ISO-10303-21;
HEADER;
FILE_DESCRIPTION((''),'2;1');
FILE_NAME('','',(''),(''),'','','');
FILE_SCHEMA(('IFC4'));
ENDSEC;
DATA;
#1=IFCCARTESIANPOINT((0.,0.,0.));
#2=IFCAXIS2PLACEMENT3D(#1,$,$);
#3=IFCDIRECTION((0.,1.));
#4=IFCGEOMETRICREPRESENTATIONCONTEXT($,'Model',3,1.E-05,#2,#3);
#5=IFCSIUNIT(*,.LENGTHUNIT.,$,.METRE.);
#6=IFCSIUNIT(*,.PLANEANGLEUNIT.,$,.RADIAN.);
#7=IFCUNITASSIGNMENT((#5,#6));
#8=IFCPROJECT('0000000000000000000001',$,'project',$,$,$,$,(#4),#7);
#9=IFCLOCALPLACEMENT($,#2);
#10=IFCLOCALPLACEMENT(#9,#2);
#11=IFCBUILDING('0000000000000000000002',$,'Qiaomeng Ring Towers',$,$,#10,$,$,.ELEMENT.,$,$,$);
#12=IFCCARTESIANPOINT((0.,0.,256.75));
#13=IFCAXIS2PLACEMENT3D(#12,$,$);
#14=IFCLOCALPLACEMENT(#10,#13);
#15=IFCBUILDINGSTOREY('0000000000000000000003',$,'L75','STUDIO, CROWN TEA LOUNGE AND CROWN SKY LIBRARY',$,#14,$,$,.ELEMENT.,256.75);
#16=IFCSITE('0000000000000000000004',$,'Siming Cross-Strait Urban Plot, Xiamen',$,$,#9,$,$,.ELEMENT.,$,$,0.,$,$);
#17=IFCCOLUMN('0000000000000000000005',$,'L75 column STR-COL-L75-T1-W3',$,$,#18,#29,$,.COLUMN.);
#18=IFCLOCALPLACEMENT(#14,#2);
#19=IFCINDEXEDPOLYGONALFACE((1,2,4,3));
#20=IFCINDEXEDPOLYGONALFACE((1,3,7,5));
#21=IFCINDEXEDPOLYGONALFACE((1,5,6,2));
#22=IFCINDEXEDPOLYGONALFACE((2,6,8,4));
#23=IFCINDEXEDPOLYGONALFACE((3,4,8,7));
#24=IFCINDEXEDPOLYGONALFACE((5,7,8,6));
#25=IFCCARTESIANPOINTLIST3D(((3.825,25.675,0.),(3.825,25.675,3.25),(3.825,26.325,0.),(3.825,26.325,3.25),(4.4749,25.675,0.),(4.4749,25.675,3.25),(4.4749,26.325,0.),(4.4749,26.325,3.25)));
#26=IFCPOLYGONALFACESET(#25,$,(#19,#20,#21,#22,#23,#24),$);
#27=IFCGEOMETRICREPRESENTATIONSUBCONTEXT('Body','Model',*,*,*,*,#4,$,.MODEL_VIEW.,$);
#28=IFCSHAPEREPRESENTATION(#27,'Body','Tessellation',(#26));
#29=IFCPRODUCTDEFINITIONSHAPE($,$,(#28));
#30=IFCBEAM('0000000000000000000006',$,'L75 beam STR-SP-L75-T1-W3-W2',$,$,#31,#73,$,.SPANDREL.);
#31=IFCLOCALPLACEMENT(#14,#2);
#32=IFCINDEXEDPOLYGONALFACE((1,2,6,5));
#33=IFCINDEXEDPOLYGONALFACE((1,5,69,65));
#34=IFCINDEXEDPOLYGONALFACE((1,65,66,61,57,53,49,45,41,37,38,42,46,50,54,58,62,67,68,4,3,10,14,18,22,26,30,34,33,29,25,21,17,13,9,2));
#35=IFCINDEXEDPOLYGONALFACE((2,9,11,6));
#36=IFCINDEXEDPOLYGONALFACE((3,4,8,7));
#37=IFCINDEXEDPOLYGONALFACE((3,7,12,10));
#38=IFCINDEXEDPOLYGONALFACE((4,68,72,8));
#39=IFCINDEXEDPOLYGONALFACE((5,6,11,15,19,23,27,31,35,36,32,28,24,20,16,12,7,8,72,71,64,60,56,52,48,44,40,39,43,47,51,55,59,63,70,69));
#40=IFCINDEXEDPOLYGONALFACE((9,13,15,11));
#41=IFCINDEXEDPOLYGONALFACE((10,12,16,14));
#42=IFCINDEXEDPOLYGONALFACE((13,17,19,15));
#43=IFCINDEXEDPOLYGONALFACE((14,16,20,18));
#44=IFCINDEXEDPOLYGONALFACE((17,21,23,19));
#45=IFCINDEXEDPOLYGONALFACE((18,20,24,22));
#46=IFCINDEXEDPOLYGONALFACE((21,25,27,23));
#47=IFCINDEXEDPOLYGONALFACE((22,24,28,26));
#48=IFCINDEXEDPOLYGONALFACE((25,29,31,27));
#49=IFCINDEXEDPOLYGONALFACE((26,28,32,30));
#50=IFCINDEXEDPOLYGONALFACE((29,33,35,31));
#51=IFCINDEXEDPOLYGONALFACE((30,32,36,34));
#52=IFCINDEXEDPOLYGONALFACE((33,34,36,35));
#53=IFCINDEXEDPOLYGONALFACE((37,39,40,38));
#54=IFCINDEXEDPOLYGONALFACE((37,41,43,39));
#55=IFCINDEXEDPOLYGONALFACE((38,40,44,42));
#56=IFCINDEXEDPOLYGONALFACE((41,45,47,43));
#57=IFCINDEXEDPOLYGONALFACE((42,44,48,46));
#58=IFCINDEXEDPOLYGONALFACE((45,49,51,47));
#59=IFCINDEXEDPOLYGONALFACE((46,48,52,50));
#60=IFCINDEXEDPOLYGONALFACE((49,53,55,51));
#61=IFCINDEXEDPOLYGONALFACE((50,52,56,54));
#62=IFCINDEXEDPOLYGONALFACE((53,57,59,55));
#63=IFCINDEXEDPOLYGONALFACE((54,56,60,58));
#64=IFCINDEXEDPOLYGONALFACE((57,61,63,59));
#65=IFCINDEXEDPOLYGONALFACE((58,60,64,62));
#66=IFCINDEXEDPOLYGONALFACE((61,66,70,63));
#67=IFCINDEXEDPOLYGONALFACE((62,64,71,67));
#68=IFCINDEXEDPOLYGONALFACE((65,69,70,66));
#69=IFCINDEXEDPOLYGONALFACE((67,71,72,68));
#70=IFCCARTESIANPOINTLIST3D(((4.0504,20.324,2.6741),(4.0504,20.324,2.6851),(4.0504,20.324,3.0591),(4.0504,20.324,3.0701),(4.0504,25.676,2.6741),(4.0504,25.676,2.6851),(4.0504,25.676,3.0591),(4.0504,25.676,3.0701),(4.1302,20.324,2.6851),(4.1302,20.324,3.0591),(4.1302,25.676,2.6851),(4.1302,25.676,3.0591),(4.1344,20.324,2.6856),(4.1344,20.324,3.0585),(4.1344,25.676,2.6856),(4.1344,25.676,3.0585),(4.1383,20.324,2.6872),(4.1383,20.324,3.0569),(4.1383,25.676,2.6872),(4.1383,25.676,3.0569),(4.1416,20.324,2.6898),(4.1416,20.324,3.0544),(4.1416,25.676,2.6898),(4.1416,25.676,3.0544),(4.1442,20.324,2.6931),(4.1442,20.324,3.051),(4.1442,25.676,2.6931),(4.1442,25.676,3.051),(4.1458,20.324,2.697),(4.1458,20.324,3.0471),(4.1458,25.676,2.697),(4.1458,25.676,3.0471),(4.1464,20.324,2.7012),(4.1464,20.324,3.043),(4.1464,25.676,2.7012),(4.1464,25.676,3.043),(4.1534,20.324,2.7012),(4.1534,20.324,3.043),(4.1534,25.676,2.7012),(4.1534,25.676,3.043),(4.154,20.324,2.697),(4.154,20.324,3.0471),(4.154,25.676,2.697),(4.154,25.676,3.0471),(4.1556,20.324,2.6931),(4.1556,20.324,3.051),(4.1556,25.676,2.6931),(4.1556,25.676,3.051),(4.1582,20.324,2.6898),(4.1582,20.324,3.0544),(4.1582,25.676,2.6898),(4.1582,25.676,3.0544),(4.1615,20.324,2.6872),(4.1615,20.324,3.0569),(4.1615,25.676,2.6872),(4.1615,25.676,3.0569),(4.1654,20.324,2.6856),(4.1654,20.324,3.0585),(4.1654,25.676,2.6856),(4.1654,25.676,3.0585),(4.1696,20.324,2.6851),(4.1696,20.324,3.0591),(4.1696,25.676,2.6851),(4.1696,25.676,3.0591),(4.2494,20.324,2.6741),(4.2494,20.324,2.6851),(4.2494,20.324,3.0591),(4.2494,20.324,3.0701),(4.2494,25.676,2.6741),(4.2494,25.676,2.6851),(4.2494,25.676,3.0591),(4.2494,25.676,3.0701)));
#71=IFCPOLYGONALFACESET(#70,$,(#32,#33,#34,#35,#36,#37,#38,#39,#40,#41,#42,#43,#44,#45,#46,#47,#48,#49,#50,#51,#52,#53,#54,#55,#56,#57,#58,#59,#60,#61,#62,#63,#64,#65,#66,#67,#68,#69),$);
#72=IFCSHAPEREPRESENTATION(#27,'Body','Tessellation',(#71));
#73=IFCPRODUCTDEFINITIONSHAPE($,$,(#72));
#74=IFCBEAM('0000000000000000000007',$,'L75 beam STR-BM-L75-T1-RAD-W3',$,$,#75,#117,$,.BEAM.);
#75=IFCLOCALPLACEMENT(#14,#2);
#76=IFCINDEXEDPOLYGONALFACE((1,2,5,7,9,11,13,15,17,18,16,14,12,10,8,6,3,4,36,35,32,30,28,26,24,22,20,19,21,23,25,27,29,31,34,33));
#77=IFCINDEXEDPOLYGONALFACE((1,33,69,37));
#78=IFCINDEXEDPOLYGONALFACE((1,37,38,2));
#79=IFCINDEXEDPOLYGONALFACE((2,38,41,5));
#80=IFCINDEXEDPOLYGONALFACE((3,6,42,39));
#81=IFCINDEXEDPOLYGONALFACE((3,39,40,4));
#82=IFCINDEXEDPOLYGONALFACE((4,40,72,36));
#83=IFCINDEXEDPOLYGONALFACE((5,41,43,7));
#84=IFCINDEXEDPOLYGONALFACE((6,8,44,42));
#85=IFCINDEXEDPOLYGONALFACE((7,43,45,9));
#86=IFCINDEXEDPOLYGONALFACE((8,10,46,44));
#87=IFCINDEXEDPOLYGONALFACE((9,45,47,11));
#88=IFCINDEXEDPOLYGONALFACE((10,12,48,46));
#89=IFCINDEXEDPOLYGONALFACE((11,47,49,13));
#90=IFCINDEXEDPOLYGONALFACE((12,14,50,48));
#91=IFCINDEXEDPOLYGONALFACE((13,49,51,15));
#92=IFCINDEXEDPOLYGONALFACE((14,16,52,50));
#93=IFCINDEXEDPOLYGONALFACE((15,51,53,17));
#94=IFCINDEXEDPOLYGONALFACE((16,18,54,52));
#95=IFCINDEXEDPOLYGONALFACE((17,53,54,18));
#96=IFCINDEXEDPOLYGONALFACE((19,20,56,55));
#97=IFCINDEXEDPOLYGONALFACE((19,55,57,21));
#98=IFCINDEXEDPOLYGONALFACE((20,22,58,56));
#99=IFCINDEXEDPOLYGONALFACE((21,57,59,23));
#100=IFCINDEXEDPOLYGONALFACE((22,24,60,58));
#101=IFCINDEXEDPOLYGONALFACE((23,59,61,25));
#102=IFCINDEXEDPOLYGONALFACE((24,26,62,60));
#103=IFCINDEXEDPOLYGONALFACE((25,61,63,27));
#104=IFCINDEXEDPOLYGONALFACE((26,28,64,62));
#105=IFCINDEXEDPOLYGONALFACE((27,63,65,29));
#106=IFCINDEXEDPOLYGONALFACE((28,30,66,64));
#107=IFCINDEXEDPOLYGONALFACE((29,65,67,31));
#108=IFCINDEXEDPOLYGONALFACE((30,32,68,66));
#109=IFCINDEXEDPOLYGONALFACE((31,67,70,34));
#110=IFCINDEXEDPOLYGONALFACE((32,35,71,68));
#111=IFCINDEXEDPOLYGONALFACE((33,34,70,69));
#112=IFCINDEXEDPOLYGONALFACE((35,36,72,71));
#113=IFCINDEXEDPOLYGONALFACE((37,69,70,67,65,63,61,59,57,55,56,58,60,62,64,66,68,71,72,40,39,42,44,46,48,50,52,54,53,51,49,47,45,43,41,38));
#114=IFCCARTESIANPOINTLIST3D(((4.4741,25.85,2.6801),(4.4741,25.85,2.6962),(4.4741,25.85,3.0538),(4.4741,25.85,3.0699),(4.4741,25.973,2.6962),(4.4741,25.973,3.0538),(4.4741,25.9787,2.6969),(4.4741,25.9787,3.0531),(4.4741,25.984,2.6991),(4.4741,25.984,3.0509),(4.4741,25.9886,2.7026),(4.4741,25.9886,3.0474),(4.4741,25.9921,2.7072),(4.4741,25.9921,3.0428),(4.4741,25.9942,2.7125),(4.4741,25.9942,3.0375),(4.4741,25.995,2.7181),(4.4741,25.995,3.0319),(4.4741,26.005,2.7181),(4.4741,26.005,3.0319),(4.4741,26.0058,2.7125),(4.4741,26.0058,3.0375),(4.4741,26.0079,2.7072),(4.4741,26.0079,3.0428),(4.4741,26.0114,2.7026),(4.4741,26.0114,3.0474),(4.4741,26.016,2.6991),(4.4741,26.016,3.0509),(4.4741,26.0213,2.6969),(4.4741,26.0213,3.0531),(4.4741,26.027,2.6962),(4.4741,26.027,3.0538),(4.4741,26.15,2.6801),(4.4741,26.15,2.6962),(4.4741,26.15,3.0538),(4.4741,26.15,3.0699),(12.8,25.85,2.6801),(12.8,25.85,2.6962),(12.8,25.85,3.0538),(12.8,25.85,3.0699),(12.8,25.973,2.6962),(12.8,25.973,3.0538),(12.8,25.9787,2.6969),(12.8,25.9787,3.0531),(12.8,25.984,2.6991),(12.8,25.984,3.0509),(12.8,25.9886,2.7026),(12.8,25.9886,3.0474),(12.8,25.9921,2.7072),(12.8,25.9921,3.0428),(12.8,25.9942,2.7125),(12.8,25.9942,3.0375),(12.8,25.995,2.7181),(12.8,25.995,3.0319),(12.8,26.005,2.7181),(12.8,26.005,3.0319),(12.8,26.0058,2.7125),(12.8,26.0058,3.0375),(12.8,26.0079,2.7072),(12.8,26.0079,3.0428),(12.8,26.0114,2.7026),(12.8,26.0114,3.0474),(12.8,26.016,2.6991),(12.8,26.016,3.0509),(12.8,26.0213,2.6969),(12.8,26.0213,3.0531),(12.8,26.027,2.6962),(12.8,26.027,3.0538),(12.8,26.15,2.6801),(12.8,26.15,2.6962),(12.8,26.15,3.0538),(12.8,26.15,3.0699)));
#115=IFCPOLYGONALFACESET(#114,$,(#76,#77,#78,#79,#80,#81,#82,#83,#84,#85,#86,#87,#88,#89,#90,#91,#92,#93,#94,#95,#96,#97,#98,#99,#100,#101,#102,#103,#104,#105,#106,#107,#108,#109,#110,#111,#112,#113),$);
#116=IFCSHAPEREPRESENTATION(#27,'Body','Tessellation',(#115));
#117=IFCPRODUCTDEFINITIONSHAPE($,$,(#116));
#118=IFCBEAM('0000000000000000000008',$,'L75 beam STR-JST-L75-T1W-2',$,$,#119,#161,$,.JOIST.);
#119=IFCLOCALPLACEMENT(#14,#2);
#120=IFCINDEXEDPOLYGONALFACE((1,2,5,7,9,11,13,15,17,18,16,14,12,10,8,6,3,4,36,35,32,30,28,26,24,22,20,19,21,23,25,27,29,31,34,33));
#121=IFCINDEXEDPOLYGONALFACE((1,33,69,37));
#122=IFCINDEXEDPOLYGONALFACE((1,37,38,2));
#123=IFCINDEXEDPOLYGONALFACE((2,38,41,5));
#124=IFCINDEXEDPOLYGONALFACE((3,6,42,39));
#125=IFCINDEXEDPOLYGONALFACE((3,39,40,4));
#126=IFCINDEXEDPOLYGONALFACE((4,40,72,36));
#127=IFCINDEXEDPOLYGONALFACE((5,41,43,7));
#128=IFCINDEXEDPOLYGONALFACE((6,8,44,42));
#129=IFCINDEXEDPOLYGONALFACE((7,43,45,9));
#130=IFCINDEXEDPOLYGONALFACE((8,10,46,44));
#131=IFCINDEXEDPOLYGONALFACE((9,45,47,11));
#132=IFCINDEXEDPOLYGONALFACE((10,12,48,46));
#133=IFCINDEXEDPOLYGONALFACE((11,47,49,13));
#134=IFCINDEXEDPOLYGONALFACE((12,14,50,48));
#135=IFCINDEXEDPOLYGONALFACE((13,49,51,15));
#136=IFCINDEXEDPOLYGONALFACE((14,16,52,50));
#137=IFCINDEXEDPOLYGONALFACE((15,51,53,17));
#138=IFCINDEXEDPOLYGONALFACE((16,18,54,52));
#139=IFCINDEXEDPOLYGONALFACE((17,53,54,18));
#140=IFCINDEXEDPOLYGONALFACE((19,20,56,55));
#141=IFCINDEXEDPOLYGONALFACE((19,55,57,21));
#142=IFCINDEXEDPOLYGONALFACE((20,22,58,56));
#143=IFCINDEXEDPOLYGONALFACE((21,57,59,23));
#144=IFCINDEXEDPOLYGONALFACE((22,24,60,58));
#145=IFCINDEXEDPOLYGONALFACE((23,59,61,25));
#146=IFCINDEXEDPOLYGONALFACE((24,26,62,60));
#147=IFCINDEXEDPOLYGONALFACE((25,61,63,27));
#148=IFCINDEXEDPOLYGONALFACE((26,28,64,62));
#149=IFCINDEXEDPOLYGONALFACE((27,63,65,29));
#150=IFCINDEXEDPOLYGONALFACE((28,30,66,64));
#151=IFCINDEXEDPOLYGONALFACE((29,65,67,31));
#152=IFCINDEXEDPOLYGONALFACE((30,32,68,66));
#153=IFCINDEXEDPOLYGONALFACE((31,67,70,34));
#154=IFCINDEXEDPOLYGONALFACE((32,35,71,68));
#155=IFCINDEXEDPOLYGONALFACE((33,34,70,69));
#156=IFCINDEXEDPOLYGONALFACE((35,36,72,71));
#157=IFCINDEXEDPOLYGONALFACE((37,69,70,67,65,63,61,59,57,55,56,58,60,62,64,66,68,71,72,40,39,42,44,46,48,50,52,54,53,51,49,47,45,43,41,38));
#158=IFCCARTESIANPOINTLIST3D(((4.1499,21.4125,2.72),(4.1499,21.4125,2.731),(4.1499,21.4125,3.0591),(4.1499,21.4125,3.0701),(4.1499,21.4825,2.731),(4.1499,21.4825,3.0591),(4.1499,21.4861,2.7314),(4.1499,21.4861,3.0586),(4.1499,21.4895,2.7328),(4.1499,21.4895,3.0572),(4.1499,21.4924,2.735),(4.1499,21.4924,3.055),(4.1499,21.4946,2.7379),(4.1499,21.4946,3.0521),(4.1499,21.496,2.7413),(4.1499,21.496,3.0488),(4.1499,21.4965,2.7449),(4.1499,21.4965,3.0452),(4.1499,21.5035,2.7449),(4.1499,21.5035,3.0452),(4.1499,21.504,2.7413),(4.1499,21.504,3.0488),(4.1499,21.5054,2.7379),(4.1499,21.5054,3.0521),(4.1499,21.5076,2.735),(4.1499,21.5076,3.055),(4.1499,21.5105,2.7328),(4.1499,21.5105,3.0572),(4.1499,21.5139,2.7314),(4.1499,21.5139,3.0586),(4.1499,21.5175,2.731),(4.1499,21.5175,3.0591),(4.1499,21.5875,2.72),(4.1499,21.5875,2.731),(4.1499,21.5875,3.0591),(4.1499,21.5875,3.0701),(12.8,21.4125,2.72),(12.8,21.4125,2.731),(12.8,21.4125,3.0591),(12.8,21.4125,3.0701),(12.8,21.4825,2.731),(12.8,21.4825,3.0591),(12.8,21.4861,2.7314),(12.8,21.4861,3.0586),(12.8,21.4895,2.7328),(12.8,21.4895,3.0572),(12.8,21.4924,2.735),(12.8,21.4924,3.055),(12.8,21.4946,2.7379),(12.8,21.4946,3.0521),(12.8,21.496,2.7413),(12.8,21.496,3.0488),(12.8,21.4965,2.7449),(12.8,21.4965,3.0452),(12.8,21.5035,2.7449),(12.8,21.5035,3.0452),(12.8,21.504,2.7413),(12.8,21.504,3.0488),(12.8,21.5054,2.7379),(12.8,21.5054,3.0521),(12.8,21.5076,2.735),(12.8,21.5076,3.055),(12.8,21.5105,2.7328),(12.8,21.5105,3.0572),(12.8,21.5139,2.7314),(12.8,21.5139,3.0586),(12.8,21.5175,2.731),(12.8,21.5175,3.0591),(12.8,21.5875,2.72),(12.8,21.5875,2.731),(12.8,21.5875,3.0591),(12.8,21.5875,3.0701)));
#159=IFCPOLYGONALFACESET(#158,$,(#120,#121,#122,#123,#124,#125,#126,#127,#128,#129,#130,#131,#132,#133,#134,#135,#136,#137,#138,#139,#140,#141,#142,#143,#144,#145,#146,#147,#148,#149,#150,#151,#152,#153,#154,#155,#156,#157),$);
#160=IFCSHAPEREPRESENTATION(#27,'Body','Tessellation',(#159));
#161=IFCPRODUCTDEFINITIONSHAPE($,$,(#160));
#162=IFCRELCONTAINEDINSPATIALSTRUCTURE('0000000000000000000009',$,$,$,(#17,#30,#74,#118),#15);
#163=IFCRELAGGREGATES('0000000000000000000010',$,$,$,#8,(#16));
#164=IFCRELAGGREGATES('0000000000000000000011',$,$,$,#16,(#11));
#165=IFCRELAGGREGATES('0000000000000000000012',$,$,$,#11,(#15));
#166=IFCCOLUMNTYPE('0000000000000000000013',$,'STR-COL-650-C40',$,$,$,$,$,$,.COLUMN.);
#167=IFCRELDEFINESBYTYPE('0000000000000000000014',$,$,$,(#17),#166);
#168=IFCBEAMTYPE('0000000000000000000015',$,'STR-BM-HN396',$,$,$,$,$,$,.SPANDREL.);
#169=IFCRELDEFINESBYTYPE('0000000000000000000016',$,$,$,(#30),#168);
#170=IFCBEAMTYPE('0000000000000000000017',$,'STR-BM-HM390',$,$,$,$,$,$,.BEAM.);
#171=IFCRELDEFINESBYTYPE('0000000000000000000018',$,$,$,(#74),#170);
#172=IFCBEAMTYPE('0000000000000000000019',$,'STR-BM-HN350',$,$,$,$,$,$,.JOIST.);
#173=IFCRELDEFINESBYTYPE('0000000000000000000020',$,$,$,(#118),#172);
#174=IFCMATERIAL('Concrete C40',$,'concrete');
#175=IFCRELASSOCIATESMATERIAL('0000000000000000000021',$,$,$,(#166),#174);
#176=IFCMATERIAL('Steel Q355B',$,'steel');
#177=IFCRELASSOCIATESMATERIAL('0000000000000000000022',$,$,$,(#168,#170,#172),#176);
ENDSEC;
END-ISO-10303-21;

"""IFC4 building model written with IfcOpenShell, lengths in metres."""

from ifc_helpers import new_model, si_unit, direction, frame, origin, origin_2d, place, context, subcontext, project, spatial, rectangle, i_section, extrude, source, transform, mapped, material, material_profile, profile_set, type_object, element, save


model = new_model("IFC4")

# Units and contexts
model_context = context("Model", 3, precision=1e-05, world=origin(), true_north=direction((0.0, 1.0)))
body_context = subcontext(model_context, "Body", "Model", "MODEL_VIEW")
ifc_project = project(units=[si_unit("LENGTHUNIT", "METRE"), si_unit("PLANEANGLEUNIT", "RADIAN")], contexts=[model_context])

# Site, building, storey
site_placement = place(None, origin())
site = spatial("IfcSite", under=ifc_project, at=site_placement, Name="Siming Cross-Strait Urban Plot, Xiamen", CompositionType="ELEMENT", RefElevation=0.0)
building_placement = place(site_placement, origin())
building = spatial("IfcBuilding", under=site, at=building_placement, Name="Qiaomeng Ring Towers", CompositionType="ELEMENT")
storey_placement = place(building_placement, frame((0.0, 0.0, 256.75)))
storey = spatial("IfcBuildingStorey", under=building, at=storey_placement, Name="L75", Description="STUDIO, CROWN TEA LOUNGE AND CROWN SKY LIBRARY", CompositionType="ELEMENT", Elevation=256.75)

# Column
ifc_material_1 = material(Name="Concrete C40", Category="concrete")
ifc_material_profile_1 = material_profile(ifc_material_1, rectangle(XDim=0.6499, YDim=0.6499, at=origin_2d()), Name="RC COL 650x650")
ifc_profile_set_1 = profile_set([ifc_material_profile_1], Name="Concrete C40")
column_type = type_object("IfcColumnType", Name="STR-COL-650-C40", PredefinedType="COLUMN", material=ifc_profile_set_1)
shared_shape_1 = source(origin(), body_context, "Body", "SweptSolid", [
    extrude(rectangle(XDim=0.6499, YDim=0.6499, at=origin_2d()), origin(), (0.0, 0.0, 1.0), 3.25),
])
column_placement = place(storey_placement, frame((4.1499, 26.0, 0.0), z_axis=(0.0, 0.0, 1.0), x_axis=(1.0, 0.0, 0.0)))
element("IfcColumn", 1, at=column_placement, inside=storey, type_object=column_type, Name="L75 column STR-COL-L75-T1-W3", PredefinedType="COLUMN", context=body_context, shape_type="MappedRepresentation", body=[
    mapped(shared_shape_1, transform((0.0, 0.0, 0.0), x_axis=(1.0, 0.0, 0.0), y_axis=(0.0, 1.0, 0.0), z_axis=(0.0, 0.0, 1.0), scale=1.0)),
])

# Beams
ifc_material_2 = material(Name="Steel Q355B", Category="steel")
ifc_material_profile_2 = material_profile(ifc_material_2, i_section(OverallWidth=0.199, OverallDepth=0.396, WebThickness=0.0071, FlangeThickness=0.011, FilletRadius=0.0161, at=origin_2d()), Name="HN 396x199x7x11")
ifc_profile_set_2 = profile_set([ifc_material_profile_2], Name="Steel Q355B")
beam_type_1 = type_object("IfcBeamType", Name="STR-BM-HN396", PredefinedType="SPANDREL", material=ifc_profile_set_2)
shared_shape_2 = source(origin(), body_context, "Body", "SweptSolid", [
    extrude(i_section(OverallWidth=0.199, OverallDepth=0.396, WebThickness=0.0071, FlangeThickness=0.011, FilletRadius=0.0161, at=origin_2d()), origin(), (0.0, 0.0, 1.0), 5.3521),
])
beam_1_placement = place(storey_placement, frame((4.1499, 25.676, 2.8721), z_axis=(0.0, -1.0, 0.0), x_axis=(1.0, 0.0, 0.0)))
element("IfcBeam", 2, at=beam_1_placement, inside=storey, type_object=beam_type_1, Name="L75 beam STR-SP-L75-T1-W3-W2", PredefinedType="SPANDREL", context=body_context, shape_type="MappedRepresentation", body=[
    mapped(shared_shape_2, transform((0.0, 0.0, 0.0), x_axis=(1.0, 0.0, 0.0), y_axis=(0.0, 1.0, 0.0), z_axis=(0.0, 0.0, 1.0), scale=1.0)),
])
ifc_material_profile_3 = material_profile(ifc_material_2, i_section(OverallWidth=0.3, OverallDepth=0.3899, WebThickness=0.01, FlangeThickness=0.0161, FilletRadius=0.022, at=origin_2d()), Name="HM 390x300x10x16")
ifc_profile_set_3 = profile_set([ifc_material_profile_3], Name="Steel Q355B")
beam_type_2 = type_object("IfcBeamType", Name="STR-BM-HM390", PredefinedType="BEAM", material=ifc_profile_set_3)
shared_shape_3 = source(origin(), body_context, "Body", "SweptSolid", [
    extrude(i_section(OverallWidth=0.3, OverallDepth=0.3899, WebThickness=0.01, FlangeThickness=0.0161, FilletRadius=0.022, at=origin_2d()), origin(), (0.0, 0.0, 1.0), 8.3259),
])
beam_2_placement = place(storey_placement, frame((4.4741, 26.0, 2.875), z_axis=(1.0, 0.0, 0.0), x_axis=(0.0, 1.0, 0.0)))
element("IfcBeam", 3, at=beam_2_placement, inside=storey, type_object=beam_type_2, Name="L75 beam STR-BM-L75-T1-RAD-W3", PredefinedType="BEAM", context=body_context, shape_type="MappedRepresentation", body=[
    mapped(shared_shape_3, transform((0.0, 0.0, 0.0), x_axis=(1.0, 0.0, 0.0), y_axis=(0.0, 1.0, 0.0), z_axis=(0.0, 0.0, 1.0), scale=1.0)),
])
ifc_material_profile_4 = material_profile(ifc_material_2, i_section(OverallWidth=0.175, OverallDepth=0.3501, WebThickness=0.0071, FlangeThickness=0.011, FilletRadius=0.0139, at=origin_2d()), Name="HN 350x175x7x11")
ifc_profile_set_4 = profile_set([ifc_material_profile_4], Name="Steel Q355B")
beam_type_3 = type_object("IfcBeamType", Name="STR-BM-HN350", PredefinedType="JOIST", material=ifc_profile_set_4)
shared_shape_4 = source(origin(), body_context, "Body", "SweptSolid", [
    extrude(i_section(OverallWidth=0.175, OverallDepth=0.3501, WebThickness=0.0071, FlangeThickness=0.011, FilletRadius=0.0139, at=origin_2d()), origin(), (0.0, 0.0, 1.0), 8.6501),
])
for number, where, z_axis, x_axis, name in (
    (4, (4.1499, 21.5, 2.895), (1.0, 0.0, 0.0), (0.0, 1.0, 0.0), "L75 beam STR-JST-L75-T1W-2"),
):
    element("IfcBeam", number, at=place(storey_placement, frame(where, z_axis=z_axis, x_axis=x_axis)), inside=storey, type_object=beam_type_3, Name=name, PredefinedType="JOIST", context=body_context, shape_type="MappedRepresentation", body=[
        mapped(shared_shape_4, transform((0.0, 0.0, 0.0), x_axis=(1.0, 0.0, 0.0), y_axis=(0.0, 1.0, 0.0), z_axis=(0.0, 0.0, 1.0), scale=1.0)),
    ])

save(model, "model.ifc")
